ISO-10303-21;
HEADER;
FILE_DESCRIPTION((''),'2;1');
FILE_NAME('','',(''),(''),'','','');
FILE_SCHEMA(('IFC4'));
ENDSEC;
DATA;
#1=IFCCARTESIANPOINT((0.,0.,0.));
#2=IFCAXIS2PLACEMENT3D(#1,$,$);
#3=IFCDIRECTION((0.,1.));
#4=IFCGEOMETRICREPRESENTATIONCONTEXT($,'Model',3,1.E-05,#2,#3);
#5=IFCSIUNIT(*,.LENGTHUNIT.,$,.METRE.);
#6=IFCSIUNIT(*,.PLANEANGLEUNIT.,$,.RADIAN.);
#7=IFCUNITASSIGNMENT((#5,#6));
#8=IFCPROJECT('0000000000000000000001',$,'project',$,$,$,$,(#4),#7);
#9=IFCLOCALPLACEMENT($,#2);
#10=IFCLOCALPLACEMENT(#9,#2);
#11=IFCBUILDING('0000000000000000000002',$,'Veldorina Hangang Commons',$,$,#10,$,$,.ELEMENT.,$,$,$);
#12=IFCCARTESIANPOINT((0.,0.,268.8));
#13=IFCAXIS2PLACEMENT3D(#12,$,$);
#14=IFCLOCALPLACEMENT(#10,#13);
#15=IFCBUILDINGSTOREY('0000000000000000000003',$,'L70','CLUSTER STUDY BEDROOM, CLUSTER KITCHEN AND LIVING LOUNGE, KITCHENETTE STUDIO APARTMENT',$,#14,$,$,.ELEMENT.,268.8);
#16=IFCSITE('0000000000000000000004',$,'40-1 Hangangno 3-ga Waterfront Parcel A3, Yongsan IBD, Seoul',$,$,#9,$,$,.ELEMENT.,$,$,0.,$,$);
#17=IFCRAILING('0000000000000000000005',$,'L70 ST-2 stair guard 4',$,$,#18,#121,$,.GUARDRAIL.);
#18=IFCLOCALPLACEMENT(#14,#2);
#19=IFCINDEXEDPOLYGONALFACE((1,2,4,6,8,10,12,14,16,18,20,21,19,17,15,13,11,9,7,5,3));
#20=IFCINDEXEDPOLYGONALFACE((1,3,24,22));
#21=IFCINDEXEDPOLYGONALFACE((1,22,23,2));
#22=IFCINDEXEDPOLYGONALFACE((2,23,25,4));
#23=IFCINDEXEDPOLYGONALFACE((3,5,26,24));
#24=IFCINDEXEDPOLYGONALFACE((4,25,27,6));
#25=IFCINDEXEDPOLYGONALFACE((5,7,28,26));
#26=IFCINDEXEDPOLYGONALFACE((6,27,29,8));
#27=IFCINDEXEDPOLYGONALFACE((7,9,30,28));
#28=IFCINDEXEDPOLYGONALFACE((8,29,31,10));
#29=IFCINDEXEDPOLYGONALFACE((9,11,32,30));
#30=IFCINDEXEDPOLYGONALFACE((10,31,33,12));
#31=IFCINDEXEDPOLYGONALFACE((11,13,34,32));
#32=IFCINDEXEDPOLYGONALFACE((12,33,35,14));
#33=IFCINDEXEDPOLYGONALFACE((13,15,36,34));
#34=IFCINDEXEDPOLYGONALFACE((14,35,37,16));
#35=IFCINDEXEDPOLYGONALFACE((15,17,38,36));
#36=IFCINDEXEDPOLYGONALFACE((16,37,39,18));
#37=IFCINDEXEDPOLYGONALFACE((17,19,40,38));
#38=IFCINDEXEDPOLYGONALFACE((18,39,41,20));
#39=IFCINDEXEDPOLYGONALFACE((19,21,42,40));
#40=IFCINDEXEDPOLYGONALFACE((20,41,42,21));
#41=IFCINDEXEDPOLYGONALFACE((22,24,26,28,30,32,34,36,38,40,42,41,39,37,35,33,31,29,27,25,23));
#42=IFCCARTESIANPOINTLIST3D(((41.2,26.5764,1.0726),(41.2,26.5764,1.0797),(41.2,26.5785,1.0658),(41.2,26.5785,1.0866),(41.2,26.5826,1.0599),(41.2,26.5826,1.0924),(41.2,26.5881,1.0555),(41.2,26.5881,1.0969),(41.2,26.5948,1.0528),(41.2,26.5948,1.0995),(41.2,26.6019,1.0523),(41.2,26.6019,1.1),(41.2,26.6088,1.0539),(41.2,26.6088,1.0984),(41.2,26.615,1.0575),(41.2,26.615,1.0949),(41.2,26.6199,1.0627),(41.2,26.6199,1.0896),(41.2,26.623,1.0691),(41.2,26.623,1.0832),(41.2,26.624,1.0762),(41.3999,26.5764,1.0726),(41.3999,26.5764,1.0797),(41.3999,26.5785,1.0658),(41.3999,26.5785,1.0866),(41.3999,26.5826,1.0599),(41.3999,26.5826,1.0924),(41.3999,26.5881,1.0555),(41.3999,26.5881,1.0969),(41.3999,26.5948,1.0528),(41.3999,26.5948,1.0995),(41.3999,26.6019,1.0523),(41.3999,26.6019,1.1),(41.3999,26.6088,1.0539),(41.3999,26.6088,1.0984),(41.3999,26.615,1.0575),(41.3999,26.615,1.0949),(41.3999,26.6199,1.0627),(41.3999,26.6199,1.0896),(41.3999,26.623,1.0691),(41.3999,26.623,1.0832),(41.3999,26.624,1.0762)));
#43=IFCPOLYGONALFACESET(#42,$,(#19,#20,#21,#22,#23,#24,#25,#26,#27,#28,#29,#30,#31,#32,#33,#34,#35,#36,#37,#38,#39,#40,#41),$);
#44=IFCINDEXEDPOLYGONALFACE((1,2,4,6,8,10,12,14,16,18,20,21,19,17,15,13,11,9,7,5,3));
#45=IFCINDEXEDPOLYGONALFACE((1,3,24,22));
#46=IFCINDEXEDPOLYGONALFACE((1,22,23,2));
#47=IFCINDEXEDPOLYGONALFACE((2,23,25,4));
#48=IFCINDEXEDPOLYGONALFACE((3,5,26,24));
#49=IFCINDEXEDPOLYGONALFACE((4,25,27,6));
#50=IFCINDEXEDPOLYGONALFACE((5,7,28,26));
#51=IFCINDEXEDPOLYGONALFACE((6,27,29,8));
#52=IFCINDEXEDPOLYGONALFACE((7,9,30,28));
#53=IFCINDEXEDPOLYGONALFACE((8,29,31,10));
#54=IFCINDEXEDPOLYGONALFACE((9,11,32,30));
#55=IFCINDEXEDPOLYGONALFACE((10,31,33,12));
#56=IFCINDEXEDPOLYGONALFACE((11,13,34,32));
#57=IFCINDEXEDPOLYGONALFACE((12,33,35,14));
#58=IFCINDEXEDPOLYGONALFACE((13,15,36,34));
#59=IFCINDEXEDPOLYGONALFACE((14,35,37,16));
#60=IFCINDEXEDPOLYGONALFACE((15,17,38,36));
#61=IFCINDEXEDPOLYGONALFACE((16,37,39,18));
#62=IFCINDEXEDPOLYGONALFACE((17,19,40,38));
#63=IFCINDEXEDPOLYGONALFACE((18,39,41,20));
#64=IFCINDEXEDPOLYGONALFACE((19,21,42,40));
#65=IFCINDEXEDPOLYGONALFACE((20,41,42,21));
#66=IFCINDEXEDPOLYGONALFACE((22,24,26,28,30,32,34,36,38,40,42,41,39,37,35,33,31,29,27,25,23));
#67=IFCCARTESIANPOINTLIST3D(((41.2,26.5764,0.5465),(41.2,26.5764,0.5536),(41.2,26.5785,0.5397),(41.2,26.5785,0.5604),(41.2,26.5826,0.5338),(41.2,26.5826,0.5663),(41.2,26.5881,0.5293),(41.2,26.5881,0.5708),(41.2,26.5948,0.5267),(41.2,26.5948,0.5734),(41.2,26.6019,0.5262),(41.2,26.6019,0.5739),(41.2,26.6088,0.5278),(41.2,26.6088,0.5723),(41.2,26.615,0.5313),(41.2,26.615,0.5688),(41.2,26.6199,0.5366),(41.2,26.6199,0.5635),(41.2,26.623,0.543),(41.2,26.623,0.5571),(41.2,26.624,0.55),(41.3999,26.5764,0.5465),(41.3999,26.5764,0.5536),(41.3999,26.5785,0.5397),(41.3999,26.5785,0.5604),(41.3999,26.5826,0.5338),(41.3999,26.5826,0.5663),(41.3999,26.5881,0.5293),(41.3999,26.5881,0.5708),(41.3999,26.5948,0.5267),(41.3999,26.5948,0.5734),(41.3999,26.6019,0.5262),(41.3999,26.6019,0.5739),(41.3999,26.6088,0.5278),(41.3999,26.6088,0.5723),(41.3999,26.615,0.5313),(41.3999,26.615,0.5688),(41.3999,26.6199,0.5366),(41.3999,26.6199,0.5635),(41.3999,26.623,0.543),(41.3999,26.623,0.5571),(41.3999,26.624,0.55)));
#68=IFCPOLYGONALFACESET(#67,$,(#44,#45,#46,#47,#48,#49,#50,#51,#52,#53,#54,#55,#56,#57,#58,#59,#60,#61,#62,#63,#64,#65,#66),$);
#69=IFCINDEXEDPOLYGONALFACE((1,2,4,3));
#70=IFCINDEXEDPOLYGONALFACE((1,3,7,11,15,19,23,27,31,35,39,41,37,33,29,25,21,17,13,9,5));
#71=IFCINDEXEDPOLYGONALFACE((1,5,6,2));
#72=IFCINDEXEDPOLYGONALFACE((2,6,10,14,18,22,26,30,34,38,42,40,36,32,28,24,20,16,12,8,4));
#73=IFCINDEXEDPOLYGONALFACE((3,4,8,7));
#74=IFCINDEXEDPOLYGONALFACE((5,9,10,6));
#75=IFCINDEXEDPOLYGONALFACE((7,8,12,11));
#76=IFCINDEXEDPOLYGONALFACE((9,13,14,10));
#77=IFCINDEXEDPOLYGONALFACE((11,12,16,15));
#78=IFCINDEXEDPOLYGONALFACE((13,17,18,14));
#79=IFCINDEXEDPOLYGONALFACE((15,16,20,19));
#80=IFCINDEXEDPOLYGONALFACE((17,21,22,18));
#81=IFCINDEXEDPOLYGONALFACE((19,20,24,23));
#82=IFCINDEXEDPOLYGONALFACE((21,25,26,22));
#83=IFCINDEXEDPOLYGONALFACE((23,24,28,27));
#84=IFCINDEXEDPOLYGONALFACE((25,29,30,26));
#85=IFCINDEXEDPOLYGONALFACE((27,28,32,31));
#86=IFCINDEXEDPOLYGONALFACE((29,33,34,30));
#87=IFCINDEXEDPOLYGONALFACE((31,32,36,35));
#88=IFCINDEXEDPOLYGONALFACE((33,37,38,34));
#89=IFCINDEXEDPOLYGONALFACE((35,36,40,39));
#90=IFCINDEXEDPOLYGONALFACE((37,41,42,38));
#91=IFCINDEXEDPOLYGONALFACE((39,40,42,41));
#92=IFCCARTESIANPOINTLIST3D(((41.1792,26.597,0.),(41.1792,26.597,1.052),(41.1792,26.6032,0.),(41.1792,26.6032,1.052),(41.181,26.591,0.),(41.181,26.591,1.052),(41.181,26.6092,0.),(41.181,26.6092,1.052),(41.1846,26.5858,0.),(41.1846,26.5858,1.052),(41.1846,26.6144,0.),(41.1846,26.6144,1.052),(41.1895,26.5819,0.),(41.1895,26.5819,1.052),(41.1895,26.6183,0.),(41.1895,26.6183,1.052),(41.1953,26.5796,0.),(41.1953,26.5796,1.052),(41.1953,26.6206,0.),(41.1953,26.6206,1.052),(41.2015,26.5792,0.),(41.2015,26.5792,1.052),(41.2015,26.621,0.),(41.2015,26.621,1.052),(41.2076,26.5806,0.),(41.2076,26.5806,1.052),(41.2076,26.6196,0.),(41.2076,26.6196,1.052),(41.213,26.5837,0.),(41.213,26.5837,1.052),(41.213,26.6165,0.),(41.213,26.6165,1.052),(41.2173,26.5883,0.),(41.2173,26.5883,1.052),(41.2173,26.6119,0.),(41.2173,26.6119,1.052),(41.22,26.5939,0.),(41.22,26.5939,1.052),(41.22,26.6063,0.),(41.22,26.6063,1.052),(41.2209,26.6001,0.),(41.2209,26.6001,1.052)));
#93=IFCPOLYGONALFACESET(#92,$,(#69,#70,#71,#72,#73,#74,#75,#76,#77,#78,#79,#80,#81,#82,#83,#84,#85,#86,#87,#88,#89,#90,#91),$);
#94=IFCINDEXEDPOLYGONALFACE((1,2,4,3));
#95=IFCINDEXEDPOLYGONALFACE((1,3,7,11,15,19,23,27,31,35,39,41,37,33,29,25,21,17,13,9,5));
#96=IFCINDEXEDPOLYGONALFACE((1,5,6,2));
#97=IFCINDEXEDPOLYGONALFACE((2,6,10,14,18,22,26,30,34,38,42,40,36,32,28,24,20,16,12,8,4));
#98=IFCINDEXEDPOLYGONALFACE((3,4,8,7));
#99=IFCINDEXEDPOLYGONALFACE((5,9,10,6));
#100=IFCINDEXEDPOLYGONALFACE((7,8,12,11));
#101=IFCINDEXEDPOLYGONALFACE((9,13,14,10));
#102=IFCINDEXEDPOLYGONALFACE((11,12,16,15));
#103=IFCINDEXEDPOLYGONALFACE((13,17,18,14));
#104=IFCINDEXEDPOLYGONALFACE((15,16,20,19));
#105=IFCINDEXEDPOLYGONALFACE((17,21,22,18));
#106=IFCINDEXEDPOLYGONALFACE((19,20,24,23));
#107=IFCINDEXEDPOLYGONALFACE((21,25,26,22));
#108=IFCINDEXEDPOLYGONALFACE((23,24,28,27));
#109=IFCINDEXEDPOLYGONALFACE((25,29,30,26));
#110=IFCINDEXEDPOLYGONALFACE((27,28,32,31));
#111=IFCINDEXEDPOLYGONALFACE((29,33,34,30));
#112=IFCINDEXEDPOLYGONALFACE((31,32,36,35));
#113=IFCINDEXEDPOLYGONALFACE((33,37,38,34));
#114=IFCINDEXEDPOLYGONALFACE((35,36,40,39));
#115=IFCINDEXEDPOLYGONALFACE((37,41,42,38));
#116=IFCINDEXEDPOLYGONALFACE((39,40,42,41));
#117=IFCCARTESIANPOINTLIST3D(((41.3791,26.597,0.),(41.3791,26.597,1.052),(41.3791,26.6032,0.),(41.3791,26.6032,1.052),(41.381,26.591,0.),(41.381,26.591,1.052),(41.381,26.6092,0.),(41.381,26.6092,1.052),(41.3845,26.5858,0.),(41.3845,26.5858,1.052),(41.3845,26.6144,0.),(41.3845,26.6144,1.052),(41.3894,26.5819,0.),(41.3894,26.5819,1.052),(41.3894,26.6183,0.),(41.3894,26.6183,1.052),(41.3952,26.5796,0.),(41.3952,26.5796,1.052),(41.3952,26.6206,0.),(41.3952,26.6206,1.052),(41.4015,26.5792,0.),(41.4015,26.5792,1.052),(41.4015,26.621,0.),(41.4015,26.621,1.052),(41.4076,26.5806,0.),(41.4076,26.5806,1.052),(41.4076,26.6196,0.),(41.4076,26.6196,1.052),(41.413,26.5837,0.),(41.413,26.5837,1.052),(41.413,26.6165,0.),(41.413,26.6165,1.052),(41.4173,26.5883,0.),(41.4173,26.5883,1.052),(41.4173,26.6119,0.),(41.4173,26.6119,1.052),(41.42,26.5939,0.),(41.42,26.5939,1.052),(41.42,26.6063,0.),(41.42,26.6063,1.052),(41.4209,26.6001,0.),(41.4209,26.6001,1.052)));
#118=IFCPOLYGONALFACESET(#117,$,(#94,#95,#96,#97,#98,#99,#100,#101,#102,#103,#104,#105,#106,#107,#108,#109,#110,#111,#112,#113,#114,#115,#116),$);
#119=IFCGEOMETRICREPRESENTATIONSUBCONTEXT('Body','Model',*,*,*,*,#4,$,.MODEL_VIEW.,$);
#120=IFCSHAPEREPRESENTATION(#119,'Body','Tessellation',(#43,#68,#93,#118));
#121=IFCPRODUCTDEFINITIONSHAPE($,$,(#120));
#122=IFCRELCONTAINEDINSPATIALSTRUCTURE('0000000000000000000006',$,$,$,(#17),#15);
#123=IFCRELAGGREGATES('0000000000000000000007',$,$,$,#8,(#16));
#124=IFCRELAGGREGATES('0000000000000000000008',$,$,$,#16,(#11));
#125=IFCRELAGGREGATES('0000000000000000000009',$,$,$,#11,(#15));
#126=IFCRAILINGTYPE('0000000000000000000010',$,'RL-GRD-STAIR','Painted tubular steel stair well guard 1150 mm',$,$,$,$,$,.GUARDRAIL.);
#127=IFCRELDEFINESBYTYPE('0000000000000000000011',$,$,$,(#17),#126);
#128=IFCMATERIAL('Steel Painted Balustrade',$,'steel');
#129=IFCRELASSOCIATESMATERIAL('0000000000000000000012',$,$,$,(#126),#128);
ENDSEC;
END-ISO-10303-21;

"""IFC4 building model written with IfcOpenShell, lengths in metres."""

from ifc_helpers import new_model, si_unit, direction, frame, origin, origin_2d, place, context, subcontext, project, spatial, circle, extrude, material, type_object, element, save


model = new_model("IFC4")

# Units and contexts
model_context = context("Model", 3, precision=1e-05, world=origin(), true_north=direction((0.0, 1.0)))
body_context = subcontext(model_context, "Body", "Model", "MODEL_VIEW")
ifc_project = project(units=[si_unit("LENGTHUNIT", "METRE"), si_unit("PLANEANGLEUNIT", "RADIAN")], contexts=[model_context])

# Site, building, storey
site_placement = place(None, origin())
site = spatial("IfcSite", under=ifc_project, at=site_placement, Name="40-1 Hangangno 3-ga Waterfront Parcel A3, Yongsan IBD, Seoul", CompositionType="ELEMENT", RefElevation=0.0)
building_placement = place(site_placement, origin())
building = spatial("IfcBuilding", under=site, at=building_placement, Name="Veldorina Hangang Commons", CompositionType="ELEMENT")
storey_placement = place(building_placement, frame((0.0, 0.0, 268.8)))
storey = spatial("IfcBuildingStorey", under=building, at=storey_placement, Name="L70", Description="CLUSTER STUDY BEDROOM, CLUSTER KITCHEN AND LIVING LOUNGE, KITCHENETTE STUDIO APARTMENT", CompositionType="ELEMENT", Elevation=268.8)

# Railing
ifc_material_1 = material(Name="Steel Painted Balustrade", Category="steel")
railing_type_1 = type_object("IfcRailingType", Name="RL-GRD-STAIR", Description="Painted tubular steel stair well guard 1150 mm", PredefinedType="GUARDRAIL", material=ifc_material_1)
railing_1_placement = place(storey_placement, frame((41.2, 26.6001, 0.0)))
element("IfcRailing", 1, at=railing_1_placement, inside=storey, type_object=railing_type_1, Name="L70 ST-2 stair guard 4", PredefinedType="GUARDRAIL", context=body_context, shape_type="SweptSolid", body=[
    extrude(circle(Radius=0.0239, at=origin_2d()), frame((0.0, 0.0, 1.0762), z_axis=(1.0, 0.0, 0.0), x_axis=(0.0, 1.0, 0.0)), (0.0, 0.0, 1.0), 0.2),
    extrude(circle(Radius=0.0239, at=origin_2d()), frame((0.0, 0.0, 0.55), z_axis=(1.0, 0.0, 0.0), x_axis=(0.0, 1.0, 0.0)), (0.0, 0.0, 1.0), 0.2),
    extrude(circle(Radius=0.021, at=origin_2d()), origin(), (0.0, 0.0, 1.0), 1.052),
    extrude(circle(Radius=0.021, at=origin_2d()), frame((0.2, 0.0, 0.0)), (0.0, 0.0, 1.0), 1.052),
])

save(model, "model.ifc")
